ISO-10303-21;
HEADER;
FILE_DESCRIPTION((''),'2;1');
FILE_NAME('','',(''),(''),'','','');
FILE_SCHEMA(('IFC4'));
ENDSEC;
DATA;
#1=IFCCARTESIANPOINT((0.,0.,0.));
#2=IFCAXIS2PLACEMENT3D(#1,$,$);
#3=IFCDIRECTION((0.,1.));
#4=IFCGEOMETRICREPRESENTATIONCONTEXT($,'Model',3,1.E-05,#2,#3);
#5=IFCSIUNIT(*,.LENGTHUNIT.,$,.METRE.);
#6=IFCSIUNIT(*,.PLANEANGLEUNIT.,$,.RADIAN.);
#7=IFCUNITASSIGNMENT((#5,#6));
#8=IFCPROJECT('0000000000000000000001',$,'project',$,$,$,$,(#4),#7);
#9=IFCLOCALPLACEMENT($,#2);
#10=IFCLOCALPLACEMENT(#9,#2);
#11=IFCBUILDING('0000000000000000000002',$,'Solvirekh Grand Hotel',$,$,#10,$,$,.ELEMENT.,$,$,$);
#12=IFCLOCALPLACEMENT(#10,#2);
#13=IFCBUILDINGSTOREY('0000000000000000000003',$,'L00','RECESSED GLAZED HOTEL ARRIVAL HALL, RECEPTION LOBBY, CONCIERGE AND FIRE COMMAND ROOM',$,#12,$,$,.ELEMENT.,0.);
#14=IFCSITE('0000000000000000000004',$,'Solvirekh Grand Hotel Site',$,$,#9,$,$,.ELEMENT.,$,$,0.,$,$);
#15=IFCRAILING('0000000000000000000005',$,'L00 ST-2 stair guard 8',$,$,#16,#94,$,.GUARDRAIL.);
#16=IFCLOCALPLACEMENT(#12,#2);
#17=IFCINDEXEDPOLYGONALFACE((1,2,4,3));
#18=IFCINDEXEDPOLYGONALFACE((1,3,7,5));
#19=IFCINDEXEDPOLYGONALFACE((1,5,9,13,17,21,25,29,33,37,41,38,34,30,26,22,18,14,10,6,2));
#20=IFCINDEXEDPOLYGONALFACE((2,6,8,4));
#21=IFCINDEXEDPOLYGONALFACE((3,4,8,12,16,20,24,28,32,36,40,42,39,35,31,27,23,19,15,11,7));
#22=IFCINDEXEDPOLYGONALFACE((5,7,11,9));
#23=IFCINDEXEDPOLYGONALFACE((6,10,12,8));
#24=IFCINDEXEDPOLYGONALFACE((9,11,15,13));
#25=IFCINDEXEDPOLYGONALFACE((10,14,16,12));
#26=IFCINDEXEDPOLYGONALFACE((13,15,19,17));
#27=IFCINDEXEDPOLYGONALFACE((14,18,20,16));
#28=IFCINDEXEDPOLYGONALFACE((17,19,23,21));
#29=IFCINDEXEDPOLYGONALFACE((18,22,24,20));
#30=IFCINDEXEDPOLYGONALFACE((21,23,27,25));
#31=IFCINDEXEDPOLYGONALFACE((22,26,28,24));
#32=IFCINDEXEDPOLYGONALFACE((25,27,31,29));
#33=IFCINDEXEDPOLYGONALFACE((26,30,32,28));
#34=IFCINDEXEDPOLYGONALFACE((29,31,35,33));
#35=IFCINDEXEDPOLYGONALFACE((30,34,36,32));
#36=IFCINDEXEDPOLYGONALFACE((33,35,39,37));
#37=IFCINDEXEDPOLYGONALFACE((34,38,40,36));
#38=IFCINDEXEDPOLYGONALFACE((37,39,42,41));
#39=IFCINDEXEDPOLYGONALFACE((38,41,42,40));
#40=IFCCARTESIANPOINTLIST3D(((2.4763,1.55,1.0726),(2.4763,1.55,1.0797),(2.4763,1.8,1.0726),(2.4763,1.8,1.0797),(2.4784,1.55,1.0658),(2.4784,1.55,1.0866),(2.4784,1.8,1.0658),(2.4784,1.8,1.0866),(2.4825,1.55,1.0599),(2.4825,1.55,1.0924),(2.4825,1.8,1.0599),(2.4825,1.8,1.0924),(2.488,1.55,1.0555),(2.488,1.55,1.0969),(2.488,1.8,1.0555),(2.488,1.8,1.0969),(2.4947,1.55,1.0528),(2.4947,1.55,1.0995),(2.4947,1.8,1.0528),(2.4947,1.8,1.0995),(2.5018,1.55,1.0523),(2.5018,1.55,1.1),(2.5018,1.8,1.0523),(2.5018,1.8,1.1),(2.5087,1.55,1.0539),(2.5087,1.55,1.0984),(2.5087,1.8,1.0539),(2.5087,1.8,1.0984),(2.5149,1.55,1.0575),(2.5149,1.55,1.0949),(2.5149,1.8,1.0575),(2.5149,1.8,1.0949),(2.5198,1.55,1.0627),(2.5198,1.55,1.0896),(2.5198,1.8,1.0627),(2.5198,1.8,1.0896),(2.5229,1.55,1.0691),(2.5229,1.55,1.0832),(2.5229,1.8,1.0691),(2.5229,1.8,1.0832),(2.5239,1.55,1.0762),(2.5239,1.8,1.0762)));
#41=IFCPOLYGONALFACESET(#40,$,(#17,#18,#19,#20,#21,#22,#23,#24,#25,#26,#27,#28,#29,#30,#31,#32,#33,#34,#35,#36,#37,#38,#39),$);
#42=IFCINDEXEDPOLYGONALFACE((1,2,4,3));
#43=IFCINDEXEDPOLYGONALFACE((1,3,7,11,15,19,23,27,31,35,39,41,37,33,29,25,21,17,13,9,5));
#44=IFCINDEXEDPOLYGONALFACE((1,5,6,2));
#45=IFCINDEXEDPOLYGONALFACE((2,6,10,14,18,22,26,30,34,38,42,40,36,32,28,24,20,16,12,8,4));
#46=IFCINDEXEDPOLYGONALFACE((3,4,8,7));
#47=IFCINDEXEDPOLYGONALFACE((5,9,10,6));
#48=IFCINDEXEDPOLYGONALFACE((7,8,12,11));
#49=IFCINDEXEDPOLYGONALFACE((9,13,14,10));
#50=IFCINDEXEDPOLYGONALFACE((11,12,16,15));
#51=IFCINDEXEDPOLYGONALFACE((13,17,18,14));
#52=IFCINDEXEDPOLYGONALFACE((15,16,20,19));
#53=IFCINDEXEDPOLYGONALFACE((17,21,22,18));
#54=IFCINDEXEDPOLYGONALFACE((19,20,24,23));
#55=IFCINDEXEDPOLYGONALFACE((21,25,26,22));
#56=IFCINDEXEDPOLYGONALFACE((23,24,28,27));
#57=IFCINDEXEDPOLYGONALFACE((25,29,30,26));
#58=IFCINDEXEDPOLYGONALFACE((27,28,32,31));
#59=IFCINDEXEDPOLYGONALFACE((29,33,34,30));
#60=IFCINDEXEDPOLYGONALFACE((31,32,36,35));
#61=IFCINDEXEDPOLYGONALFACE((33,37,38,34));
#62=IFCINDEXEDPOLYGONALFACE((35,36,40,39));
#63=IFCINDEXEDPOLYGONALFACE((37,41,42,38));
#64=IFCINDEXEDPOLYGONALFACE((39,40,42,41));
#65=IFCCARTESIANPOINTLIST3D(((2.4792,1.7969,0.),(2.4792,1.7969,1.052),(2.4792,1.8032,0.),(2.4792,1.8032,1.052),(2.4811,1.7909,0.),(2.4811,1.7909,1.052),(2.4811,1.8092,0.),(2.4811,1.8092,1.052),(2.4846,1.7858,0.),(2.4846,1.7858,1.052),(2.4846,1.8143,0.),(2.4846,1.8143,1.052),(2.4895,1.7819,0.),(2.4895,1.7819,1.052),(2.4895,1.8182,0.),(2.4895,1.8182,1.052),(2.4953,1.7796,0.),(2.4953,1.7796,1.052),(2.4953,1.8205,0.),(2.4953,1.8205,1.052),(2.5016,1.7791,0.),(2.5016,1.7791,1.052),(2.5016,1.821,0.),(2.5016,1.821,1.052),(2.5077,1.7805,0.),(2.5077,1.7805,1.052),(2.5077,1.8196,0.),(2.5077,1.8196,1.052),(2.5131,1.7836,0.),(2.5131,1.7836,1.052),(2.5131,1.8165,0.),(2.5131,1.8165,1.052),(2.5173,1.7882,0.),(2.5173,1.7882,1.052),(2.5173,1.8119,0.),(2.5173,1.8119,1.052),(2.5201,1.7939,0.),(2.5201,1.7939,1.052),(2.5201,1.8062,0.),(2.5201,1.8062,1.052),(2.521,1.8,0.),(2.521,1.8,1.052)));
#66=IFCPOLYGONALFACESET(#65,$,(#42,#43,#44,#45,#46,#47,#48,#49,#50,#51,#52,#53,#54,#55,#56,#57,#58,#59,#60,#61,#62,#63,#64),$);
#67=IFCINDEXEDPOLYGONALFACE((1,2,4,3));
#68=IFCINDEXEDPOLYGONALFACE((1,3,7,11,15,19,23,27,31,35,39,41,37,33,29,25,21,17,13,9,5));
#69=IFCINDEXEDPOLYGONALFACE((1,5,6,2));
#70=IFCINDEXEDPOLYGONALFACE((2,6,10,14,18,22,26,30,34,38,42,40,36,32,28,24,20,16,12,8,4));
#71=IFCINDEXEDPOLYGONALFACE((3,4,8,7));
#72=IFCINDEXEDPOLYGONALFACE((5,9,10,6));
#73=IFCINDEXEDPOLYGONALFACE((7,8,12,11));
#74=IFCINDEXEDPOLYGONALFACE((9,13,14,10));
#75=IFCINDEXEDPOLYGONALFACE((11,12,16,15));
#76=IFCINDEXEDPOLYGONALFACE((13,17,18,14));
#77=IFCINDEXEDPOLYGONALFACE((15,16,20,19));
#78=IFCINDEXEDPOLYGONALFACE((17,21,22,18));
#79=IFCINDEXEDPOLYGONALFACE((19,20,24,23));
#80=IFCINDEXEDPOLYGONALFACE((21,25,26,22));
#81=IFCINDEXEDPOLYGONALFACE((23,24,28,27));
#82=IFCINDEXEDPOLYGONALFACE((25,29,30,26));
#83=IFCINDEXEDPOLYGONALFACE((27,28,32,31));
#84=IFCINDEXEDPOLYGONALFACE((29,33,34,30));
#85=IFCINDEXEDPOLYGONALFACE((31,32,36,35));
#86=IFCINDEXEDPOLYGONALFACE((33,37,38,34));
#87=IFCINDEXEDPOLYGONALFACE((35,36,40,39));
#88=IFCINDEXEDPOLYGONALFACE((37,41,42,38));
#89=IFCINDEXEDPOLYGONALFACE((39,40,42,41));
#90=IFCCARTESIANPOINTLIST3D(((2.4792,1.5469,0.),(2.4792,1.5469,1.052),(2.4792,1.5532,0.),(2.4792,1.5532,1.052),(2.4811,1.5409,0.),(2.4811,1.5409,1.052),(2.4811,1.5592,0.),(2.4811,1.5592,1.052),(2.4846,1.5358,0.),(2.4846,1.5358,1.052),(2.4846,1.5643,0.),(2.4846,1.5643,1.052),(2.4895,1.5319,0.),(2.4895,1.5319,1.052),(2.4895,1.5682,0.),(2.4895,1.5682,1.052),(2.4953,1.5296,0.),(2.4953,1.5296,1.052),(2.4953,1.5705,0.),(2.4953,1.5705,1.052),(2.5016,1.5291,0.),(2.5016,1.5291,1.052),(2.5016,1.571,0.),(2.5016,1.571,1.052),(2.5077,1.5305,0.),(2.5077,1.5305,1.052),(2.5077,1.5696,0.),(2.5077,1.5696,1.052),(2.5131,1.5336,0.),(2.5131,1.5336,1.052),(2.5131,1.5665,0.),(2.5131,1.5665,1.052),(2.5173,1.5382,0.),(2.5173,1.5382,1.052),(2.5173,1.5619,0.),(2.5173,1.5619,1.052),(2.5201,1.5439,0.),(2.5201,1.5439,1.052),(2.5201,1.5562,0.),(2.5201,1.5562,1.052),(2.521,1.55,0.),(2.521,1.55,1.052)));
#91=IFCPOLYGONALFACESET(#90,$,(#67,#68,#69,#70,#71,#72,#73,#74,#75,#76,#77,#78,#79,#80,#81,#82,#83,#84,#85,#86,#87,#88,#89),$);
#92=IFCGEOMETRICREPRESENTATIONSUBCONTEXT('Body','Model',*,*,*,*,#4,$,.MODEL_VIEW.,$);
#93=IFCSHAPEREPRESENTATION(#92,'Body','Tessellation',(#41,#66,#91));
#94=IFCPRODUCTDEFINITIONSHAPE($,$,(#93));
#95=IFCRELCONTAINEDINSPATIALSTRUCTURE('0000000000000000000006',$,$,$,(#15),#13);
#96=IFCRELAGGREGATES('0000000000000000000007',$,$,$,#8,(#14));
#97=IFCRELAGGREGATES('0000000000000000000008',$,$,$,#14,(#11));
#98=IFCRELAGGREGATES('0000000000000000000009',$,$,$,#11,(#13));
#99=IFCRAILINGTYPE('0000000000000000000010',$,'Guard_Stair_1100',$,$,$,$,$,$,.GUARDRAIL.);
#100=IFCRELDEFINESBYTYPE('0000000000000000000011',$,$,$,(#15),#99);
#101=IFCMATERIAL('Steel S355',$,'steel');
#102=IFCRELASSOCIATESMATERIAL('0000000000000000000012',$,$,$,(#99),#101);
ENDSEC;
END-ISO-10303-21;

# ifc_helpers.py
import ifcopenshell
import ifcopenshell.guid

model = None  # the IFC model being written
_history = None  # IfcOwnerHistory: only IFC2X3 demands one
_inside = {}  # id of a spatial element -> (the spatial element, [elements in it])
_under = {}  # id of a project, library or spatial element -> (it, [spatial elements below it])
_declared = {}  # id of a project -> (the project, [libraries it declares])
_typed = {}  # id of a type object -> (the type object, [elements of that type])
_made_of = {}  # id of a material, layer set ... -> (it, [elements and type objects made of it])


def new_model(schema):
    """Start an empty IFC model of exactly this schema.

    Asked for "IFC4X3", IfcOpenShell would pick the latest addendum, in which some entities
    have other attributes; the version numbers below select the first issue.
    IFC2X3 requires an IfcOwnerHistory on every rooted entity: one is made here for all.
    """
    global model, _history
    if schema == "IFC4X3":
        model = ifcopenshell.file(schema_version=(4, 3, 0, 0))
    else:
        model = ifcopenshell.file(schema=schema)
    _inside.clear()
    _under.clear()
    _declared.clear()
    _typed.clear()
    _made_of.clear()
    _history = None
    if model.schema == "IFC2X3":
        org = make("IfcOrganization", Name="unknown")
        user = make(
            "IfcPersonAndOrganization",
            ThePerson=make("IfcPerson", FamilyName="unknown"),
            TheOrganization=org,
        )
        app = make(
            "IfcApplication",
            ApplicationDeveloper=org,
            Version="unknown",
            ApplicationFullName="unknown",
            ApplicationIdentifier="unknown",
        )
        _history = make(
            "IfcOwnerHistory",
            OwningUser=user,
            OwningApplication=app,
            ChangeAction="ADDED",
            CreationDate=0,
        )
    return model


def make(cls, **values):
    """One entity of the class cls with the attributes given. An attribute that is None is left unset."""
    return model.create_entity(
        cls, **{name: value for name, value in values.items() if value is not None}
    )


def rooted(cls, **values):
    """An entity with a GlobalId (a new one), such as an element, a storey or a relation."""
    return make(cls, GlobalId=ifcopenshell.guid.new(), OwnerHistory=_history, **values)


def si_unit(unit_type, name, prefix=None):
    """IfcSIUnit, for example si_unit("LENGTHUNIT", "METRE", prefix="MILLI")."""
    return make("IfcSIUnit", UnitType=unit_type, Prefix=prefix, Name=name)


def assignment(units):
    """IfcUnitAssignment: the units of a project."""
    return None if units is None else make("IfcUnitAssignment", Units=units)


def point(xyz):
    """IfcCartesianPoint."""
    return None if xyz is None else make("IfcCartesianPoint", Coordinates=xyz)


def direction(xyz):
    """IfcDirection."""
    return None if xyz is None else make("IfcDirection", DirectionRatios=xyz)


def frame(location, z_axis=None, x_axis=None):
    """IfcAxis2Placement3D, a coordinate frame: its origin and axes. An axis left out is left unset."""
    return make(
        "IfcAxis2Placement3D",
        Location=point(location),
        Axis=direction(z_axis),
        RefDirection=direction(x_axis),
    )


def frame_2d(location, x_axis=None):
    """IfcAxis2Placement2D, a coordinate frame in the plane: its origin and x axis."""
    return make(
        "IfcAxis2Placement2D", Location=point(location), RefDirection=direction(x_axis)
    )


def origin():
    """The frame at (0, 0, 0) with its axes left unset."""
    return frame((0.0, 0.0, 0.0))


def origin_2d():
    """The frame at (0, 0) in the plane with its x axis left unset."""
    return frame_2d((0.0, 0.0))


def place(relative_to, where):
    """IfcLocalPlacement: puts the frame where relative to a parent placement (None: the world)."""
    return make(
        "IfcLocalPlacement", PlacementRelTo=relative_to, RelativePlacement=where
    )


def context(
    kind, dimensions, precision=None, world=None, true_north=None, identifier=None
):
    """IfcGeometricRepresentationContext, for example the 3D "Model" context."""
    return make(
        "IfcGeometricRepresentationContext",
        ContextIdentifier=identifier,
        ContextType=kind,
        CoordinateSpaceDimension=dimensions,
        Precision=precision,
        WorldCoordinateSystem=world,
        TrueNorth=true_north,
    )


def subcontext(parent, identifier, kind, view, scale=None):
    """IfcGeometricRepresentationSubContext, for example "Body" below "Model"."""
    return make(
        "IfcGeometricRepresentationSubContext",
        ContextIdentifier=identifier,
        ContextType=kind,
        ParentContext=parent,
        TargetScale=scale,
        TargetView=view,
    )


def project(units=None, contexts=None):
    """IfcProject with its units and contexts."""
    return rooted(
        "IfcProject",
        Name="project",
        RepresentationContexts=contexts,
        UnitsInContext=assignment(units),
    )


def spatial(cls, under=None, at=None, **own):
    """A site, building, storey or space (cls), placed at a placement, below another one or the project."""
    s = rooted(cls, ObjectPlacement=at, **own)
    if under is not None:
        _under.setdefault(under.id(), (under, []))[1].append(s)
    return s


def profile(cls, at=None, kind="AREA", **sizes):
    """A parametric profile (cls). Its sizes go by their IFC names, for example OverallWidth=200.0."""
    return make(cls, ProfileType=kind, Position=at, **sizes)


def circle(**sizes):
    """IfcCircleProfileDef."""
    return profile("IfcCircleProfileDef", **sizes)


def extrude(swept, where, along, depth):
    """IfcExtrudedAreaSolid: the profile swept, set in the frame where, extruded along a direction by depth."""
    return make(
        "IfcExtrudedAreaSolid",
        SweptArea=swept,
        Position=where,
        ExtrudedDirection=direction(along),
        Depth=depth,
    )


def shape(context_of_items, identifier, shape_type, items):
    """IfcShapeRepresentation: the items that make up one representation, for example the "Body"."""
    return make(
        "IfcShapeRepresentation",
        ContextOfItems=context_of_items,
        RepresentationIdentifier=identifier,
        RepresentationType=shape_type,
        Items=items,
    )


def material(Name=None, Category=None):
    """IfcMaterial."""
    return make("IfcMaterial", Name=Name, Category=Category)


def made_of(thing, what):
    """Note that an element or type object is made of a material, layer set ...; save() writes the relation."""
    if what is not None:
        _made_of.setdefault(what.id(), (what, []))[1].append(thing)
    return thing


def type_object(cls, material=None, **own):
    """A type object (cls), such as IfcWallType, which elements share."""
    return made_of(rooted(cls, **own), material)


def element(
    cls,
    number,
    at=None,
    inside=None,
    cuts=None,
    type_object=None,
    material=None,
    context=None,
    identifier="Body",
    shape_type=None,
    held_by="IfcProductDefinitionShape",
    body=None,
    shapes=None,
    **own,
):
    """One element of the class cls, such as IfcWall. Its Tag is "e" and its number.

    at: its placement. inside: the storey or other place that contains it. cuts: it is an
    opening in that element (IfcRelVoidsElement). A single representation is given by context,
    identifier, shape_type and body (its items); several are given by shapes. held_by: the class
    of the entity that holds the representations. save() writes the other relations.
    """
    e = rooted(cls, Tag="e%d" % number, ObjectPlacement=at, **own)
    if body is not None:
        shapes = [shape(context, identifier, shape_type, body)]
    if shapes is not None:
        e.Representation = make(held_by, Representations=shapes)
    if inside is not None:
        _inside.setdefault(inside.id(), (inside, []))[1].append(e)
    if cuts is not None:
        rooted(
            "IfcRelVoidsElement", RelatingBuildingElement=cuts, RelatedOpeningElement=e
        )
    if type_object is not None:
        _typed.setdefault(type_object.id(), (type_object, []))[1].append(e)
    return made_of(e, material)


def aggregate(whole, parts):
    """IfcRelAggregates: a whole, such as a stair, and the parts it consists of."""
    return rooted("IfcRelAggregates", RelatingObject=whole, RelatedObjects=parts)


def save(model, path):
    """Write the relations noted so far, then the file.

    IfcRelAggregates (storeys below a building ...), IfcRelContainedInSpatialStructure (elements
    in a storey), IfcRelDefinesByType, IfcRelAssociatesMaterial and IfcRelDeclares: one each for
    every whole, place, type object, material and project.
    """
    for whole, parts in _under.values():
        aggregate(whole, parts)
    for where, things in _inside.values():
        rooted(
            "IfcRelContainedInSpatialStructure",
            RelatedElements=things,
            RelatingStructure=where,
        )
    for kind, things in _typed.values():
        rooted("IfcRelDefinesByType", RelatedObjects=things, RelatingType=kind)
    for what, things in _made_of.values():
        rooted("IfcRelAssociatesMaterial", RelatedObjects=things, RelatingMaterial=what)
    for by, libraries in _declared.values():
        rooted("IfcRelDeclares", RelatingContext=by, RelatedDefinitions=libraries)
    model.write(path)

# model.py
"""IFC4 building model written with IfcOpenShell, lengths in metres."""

from ifc_helpers import new_model, si_unit, direction, frame, origin, origin_2d, place, context, subcontext, project, spatial, circle, extrude, material, type_object, element, save


model = new_model("IFC4")

# Units and contexts
model_context = context("Model", 3, precision=1e-05, world=origin(), true_north=direction((0.0, 1.0)))
body_context = subcontext(model_context, "Body", "Model", "MODEL_VIEW")
ifc_project = project(units=[si_unit("LENGTHUNIT", "METRE"), si_unit("PLANEANGLEUNIT", "RADIAN")], contexts=[model_context])

# Site, building, storey
site_placement = place(None, origin())
site = spatial("IfcSite", under=ifc_project, at=site_placement, Name="Solvirekh Grand Hotel Site", CompositionType="ELEMENT", RefElevation=0.0)
building_placement = place(site_placement, origin())
building = spatial("IfcBuilding", under=site, at=building_placement, Name="Solvirekh Grand Hotel", CompositionType="ELEMENT")
storey_placement = place(building_placement, origin())
storey = spatial("IfcBuildingStorey", under=building, at=storey_placement, Name="L00", Description="RECESSED GLAZED HOTEL ARRIVAL HALL, RECEPTION LOBBY, CONCIERGE AND FIRE COMMAND ROOM", CompositionType="ELEMENT", Elevation=0.0)

# Railing
ifc_material_1 = material(Name="Steel S355", Category="steel")
railing_type_1 = type_object("IfcRailingType", Name="Guard_Stair_1100", PredefinedType="GUARDRAIL", material=ifc_material_1)
railing_1_placement = place(storey_placement, frame((2.5, 1.8, 0.0)))
element("IfcRailing", 1, at=railing_1_placement, inside=storey, type_object=railing_type_1, Name="L00 ST-2 stair guard 8", PredefinedType="GUARDRAIL", context=body_context, shape_type="SweptSolid", body=[
    extrude(circle(Radius=0.0239, at=origin_2d()), frame((0.0, 0.0, 1.0762), z_axis=(0.0, -1.0, 0.0), x_axis=(1.0, 0.0, 0.0)), (0.0, 0.0, 1.0), 0.25),
    extrude(circle(Radius=0.021, at=origin_2d()), origin(), (0.0, 0.0, 1.0), 1.052),
    extrude(circle(Radius=0.021, at=origin_2d()), frame((0.0, -0.25, 0.0)), (0.0, 0.0, 1.0), 1.052),
])

save(model, "model.ifc")
